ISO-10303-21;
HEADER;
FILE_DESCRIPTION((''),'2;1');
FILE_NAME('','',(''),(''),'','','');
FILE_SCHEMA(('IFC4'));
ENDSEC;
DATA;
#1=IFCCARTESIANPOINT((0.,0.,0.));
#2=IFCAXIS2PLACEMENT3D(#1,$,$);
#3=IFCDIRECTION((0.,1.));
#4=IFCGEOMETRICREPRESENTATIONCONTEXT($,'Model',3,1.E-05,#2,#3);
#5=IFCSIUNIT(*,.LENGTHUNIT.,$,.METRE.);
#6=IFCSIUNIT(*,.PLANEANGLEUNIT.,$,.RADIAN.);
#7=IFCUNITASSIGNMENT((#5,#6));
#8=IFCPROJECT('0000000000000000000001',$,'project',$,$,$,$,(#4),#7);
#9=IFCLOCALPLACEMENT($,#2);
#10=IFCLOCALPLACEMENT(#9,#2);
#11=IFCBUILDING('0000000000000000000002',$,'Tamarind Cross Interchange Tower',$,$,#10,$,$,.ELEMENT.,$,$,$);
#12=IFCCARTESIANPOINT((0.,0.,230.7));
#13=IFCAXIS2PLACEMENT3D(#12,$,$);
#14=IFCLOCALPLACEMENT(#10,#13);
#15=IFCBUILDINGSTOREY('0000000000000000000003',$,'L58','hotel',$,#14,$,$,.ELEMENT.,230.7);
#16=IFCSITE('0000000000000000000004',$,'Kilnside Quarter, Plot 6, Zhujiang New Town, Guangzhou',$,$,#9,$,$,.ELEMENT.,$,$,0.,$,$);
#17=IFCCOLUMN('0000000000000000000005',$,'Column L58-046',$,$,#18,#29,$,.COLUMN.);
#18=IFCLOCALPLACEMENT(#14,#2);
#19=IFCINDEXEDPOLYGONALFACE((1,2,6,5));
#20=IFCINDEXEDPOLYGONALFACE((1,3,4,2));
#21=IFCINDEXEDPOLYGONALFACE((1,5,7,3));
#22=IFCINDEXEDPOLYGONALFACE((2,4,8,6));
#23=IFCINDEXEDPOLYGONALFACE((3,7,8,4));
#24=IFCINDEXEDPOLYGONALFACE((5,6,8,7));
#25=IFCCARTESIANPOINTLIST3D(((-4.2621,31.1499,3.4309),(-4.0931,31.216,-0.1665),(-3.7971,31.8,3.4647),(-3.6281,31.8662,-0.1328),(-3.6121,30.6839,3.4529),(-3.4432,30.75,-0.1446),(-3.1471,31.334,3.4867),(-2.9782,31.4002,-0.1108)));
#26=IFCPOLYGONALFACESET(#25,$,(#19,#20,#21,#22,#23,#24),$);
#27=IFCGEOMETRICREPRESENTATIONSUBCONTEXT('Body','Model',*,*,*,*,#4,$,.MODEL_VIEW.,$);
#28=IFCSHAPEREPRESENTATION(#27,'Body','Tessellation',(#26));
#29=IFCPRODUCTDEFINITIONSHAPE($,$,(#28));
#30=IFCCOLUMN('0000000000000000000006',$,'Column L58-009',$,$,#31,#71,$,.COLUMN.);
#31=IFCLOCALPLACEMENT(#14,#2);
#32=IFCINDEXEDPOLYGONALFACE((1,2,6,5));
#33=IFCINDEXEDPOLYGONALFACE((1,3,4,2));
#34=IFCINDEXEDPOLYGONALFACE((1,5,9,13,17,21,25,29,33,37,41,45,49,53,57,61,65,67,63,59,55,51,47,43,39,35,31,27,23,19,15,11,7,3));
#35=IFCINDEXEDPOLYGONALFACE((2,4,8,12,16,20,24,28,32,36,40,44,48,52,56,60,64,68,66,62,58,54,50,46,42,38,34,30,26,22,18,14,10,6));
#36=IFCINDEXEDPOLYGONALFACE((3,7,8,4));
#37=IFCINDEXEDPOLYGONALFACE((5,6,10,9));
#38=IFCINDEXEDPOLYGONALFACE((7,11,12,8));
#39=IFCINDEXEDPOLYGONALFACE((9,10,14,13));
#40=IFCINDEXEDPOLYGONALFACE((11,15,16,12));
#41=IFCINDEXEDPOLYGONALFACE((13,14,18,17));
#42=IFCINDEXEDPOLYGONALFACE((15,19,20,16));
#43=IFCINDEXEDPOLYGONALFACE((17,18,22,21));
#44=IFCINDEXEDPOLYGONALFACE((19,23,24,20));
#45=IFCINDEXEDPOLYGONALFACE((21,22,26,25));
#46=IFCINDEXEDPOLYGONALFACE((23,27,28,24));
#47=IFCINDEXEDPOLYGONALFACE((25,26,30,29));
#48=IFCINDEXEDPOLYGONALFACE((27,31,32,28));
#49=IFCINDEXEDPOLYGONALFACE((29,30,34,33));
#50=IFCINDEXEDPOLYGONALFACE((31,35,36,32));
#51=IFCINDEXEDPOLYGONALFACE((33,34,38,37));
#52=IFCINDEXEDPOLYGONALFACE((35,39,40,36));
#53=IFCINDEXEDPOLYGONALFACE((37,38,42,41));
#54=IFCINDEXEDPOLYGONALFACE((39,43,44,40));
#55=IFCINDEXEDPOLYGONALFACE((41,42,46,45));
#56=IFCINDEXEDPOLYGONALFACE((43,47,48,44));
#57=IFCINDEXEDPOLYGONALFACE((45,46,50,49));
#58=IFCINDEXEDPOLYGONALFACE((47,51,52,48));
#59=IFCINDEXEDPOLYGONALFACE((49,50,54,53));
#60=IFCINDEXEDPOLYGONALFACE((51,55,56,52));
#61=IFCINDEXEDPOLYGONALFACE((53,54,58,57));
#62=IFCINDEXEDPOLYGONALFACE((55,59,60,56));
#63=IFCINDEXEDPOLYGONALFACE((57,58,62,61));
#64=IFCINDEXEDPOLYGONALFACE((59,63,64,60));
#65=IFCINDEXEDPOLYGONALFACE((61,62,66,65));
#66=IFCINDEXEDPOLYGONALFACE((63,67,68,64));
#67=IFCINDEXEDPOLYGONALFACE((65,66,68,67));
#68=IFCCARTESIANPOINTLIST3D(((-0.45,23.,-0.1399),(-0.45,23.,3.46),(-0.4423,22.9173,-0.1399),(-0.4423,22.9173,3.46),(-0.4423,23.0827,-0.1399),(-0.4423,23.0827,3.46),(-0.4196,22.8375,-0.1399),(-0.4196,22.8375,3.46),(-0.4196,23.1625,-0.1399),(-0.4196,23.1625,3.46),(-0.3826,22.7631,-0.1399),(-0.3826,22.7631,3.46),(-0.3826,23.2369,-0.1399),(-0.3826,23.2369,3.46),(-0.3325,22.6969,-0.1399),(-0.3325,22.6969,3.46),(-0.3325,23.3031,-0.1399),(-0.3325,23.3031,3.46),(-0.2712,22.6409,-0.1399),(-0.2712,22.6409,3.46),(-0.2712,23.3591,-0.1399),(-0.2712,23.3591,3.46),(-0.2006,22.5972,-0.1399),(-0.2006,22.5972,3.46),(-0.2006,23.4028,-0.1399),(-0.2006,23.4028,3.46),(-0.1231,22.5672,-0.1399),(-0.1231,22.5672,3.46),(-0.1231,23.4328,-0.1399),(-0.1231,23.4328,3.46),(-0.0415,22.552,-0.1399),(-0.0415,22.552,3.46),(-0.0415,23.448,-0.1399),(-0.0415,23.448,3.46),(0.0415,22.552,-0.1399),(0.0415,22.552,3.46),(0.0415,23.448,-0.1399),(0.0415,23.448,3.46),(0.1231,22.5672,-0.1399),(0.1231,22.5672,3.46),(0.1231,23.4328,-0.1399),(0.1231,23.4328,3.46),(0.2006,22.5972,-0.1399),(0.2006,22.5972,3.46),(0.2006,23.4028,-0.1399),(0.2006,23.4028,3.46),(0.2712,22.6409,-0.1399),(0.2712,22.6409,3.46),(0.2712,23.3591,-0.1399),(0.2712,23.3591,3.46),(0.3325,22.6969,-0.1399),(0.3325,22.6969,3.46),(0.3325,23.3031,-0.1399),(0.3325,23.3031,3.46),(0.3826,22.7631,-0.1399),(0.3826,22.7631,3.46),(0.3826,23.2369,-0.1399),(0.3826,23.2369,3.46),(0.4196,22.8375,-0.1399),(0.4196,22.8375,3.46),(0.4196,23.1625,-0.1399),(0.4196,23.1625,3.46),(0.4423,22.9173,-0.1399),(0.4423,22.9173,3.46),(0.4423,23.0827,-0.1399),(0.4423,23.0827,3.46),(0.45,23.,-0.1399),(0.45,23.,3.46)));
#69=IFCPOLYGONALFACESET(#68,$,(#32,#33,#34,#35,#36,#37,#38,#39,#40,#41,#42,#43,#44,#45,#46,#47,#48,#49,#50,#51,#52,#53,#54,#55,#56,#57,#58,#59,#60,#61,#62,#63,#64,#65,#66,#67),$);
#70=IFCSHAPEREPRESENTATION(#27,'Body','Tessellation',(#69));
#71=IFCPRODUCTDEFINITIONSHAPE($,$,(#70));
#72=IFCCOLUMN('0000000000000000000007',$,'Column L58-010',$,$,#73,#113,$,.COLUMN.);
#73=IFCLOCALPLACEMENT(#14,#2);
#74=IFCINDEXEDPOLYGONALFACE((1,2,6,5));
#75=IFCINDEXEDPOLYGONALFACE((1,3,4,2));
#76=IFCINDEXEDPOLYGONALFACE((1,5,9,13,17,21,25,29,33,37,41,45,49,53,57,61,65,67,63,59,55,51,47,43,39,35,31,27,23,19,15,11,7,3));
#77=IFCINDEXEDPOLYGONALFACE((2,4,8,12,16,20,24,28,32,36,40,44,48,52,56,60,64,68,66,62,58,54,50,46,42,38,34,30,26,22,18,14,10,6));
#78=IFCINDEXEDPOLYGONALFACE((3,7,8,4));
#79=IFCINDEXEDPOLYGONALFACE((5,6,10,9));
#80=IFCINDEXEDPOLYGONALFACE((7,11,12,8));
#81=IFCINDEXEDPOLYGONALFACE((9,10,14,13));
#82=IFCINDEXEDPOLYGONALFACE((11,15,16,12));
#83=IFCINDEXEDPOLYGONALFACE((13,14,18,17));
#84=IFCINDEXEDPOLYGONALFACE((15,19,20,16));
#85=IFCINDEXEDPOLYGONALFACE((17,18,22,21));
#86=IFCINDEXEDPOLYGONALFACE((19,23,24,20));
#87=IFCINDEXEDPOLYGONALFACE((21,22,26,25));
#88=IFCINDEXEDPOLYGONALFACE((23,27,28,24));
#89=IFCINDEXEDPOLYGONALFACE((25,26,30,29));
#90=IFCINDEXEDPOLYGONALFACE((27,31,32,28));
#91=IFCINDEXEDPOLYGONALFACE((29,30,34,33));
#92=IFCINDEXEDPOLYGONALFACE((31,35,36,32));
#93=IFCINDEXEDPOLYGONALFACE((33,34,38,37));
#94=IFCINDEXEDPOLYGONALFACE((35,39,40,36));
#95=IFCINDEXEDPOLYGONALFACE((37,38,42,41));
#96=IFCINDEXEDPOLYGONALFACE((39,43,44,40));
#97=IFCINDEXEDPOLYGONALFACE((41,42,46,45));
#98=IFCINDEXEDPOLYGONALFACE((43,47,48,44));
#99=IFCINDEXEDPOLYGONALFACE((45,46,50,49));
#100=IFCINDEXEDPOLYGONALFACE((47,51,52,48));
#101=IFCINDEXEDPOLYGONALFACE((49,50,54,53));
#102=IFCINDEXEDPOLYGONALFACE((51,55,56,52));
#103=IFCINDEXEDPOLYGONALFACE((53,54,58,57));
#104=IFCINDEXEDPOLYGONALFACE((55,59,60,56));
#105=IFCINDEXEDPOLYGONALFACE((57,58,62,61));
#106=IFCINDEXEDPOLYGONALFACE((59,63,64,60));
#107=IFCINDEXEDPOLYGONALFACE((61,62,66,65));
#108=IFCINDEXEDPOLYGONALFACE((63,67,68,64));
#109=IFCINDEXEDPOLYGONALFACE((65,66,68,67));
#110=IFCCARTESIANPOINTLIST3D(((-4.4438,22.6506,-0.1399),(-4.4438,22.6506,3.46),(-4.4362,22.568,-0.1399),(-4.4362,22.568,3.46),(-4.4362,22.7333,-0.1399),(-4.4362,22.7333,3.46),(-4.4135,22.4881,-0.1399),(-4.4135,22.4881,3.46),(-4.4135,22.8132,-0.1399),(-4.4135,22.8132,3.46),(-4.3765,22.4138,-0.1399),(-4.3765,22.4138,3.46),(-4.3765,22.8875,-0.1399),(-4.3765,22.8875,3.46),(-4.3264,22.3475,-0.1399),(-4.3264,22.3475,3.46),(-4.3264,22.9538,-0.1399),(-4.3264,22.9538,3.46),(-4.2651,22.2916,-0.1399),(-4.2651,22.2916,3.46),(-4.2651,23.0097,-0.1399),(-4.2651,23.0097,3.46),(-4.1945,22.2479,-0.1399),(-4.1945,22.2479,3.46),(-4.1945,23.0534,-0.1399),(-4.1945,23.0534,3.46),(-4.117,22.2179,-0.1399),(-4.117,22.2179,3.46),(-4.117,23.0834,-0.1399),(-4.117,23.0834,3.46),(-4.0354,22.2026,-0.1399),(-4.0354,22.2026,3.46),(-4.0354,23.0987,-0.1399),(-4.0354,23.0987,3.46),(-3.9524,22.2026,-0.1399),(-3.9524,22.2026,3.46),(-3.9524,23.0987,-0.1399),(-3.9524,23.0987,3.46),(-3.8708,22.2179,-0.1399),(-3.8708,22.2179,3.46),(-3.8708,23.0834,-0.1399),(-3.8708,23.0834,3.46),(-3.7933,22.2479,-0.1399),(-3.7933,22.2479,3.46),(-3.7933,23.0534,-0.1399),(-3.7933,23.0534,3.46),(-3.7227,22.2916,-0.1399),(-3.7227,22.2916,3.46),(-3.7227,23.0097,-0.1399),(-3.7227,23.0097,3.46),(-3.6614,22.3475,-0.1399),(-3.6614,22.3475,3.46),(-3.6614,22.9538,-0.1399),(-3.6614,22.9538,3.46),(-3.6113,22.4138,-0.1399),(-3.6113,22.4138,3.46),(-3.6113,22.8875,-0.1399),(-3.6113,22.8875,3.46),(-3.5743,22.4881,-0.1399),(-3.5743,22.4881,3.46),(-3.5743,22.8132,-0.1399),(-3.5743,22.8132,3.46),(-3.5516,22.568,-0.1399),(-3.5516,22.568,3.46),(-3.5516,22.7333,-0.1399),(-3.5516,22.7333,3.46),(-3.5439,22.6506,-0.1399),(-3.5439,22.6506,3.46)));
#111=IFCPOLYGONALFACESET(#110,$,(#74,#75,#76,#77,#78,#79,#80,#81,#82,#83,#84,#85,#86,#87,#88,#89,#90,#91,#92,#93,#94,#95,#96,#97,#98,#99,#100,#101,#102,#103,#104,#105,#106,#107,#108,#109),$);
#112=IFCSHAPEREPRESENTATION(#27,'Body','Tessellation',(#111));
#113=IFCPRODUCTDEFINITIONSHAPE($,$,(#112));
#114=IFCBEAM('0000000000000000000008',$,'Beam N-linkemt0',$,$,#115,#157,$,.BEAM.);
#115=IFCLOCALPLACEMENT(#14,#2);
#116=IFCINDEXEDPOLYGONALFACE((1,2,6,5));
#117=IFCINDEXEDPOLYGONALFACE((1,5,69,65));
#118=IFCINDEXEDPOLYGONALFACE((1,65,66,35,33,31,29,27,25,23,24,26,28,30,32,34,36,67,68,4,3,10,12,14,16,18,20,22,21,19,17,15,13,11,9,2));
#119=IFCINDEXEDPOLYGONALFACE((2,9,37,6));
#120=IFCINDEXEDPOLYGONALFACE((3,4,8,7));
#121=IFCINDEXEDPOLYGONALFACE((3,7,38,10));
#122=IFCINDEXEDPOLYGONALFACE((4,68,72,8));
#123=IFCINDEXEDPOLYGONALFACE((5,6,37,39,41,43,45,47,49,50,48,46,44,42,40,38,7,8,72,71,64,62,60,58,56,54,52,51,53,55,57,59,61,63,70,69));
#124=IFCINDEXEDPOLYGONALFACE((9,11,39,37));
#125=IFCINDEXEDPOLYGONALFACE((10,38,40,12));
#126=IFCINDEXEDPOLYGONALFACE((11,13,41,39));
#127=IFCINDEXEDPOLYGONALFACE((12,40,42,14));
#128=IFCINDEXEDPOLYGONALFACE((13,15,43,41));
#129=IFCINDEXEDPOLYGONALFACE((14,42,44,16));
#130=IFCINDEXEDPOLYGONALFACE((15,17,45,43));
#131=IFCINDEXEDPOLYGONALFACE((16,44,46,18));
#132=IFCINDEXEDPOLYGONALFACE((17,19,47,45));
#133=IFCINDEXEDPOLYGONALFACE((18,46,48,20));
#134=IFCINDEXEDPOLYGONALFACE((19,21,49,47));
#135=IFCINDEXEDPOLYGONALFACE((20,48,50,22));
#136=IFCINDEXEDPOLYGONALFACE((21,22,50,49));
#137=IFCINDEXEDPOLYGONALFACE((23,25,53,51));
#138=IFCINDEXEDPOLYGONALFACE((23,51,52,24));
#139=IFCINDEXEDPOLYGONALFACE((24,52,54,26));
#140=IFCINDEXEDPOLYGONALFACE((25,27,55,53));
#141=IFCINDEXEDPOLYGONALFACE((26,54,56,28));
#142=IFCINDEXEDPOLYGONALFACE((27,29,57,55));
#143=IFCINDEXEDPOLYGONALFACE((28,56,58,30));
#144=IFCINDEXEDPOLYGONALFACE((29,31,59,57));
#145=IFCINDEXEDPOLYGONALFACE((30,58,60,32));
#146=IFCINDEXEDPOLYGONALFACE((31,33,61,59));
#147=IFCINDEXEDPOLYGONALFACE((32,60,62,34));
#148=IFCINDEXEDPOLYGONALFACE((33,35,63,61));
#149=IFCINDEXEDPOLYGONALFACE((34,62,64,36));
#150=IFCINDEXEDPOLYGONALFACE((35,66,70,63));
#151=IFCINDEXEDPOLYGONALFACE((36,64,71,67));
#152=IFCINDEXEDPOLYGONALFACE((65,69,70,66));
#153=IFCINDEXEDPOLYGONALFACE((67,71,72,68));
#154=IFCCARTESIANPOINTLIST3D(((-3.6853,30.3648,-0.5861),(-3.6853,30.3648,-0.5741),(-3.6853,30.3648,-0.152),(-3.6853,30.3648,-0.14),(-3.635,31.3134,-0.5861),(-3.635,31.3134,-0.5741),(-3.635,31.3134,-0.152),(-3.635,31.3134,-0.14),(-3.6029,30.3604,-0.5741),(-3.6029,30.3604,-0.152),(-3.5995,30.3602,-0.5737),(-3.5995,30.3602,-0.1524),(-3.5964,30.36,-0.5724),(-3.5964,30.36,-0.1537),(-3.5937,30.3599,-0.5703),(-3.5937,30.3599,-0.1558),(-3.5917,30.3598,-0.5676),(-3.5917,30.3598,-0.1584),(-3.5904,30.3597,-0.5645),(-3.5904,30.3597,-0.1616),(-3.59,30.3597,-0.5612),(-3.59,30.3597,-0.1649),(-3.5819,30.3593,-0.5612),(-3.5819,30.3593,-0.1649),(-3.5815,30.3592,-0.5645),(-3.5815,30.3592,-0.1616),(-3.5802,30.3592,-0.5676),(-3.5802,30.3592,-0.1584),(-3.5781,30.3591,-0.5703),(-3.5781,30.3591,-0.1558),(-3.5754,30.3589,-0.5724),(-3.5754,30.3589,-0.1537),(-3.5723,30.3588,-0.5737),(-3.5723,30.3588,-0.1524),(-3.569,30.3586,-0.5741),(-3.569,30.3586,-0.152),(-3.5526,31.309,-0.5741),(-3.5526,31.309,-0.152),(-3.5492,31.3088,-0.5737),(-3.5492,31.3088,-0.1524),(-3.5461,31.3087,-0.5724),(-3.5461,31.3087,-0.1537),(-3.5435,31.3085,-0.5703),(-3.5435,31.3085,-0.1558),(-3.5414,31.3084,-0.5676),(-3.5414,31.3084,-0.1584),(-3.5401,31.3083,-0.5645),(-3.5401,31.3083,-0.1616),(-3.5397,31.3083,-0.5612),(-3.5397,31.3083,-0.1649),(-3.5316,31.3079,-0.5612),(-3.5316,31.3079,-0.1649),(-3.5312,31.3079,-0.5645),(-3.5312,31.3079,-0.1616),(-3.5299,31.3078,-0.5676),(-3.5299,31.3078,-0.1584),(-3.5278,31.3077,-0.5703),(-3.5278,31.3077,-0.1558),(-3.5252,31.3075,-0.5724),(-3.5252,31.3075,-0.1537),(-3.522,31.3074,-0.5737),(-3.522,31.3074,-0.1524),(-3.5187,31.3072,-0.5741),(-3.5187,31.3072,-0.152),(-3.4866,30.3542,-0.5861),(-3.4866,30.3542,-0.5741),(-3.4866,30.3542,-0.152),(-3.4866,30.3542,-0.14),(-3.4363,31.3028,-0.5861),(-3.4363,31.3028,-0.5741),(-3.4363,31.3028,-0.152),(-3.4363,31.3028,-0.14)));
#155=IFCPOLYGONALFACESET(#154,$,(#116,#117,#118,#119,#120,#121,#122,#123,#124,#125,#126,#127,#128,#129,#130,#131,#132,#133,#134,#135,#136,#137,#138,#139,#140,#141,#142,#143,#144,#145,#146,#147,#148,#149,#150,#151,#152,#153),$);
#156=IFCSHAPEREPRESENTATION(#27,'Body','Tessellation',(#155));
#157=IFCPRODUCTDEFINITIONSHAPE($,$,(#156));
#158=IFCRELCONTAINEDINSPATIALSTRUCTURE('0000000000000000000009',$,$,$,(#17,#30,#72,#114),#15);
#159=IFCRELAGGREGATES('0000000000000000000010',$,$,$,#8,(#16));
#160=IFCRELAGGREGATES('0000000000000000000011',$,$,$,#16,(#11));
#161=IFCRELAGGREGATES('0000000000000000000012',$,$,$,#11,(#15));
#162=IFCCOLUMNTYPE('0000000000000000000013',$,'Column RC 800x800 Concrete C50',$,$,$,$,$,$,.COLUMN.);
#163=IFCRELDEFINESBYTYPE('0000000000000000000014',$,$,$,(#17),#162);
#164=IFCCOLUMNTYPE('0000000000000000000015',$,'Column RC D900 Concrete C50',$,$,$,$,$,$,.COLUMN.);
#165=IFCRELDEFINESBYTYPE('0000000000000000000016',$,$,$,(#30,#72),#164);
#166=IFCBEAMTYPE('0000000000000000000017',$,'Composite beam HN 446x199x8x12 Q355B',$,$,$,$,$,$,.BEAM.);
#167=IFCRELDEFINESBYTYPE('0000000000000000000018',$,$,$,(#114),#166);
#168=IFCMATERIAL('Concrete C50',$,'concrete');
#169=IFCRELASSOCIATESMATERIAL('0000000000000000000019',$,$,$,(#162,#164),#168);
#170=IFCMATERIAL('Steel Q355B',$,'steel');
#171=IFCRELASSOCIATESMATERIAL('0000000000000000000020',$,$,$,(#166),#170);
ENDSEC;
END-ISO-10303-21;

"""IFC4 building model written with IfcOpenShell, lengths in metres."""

from ifc_helpers import new_model, si_unit, direction, frame, origin, origin_2d, place, context, subcontext, project, spatial, rectangle, circle, i_section, extrude, material, material_profile, profile_set, type_object, element, save


model = new_model("IFC4")

# Units and contexts
model_context = context("Model", 3, precision=1e-05, world=origin(), true_north=direction((0.0, 1.0)))
body_context = subcontext(model_context, "Body", "Model", "MODEL_VIEW")
ifc_project = project(units=[si_unit("LENGTHUNIT", "METRE"), si_unit("PLANEANGLEUNIT", "RADIAN")], contexts=[model_context])

# Site, building, storey
site_placement = place(None, origin())
site = spatial("IfcSite", under=ifc_project, at=site_placement, Name="Kilnside Quarter, Plot 6, Zhujiang New Town, Guangzhou", CompositionType="ELEMENT", RefElevation=0.0)
building_placement = place(site_placement, origin())
building = spatial("IfcBuilding", under=site, at=building_placement, Name="Tamarind Cross Interchange Tower", CompositionType="ELEMENT")
storey_placement = place(building_placement, frame((0.0, 0.0, 230.7)))
storey = spatial("IfcBuildingStorey", under=building, at=storey_placement, Name="L58", Description="hotel", CompositionType="ELEMENT", Elevation=230.7)

# Columns
ifc_material_1 = material(Name="Concrete C50", Category="concrete")
ifc_material_profile_1 = material_profile(ifc_material_1, rectangle(XDim=0.8, YDim=0.8, at=origin_2d()), Name="RC 800x800")
ifc_profile_set_1 = profile_set([ifc_material_profile_1], Name="Concrete C50")
column_type_1 = type_object("IfcColumnType", Name="Column RC 800x800 Concrete C50", PredefinedType="COLUMN", material=ifc_profile_set_1)
column_placement = place(storey_placement, frame((-3.5356, 31.3081, -0.1387), z_axis=(-0.046903, -0.018368, 0.998731), x_axis=(0.812399, -0.582456, 0.02744)))
element("IfcColumn", 1, at=column_placement, inside=storey, type_object=column_type_1, Name="Column L58-046", PredefinedType="COLUMN", context=body_context, shape_type="SweptSolid", body=[
    extrude(rectangle(XDim=0.8, YDim=0.8, at=origin_2d()), origin(), (0.0, 0.0, 1.0), 3.6021),
])
ifc_material_profile_2 = material_profile(ifc_material_1, circle(Radius=0.45, at=origin_2d()), Name="RC D900")
ifc_profile_set_2 = profile_set([ifc_material_profile_2], Name="Concrete C50")
column_type_2 = type_object("IfcColumnType", Name="Column RC D900 Concrete C50", PredefinedType="COLUMN", material=ifc_profile_set_2)
for number, where, z_axis, x_axis, name in (
    (2, (0.0, 23.0, -0.1399), (0.0, 0.0, 1.0), (1.0, 0.0, 0.0), "Column L58-009"),
    (3, (-3.9939, 22.6506, -0.1399), (0.0, 0.0, 1.0), (1.0, 0.0, 0.0), "Column L58-010"),
):
    element("IfcColumn", number, at=place(storey_placement, frame(where, z_axis=z_axis, x_axis=x_axis)), inside=storey, type_object=column_type_2, Name=name, PredefinedType="COLUMN", context=body_context, shape_type="SweptSolid", body=[
        extrude(circle(Radius=0.45, at=origin_2d()), origin(), (0.0, 0.0, 1.0), 3.5999),
    ])

# Beam
ifc_material_2 = material(Name="Steel Q355B", Category="steel")
ifc_material_profile_3 = material_profile(ifc_material_2, i_section(OverallWidth=0.199, OverallDepth=0.446, WebThickness=0.0081, FlangeThickness=0.012, FilletRadius=0.0129, at=origin_2d()), Name="HN 446x199x8x12")
ifc_profile_set_3 = profile_set([ifc_material_profile_3], Name="Steel Q355B")
beam_type_1 = type_object("IfcBeamType", Name="Composite beam HN 446x199x8x12 Q355B", PredefinedType="BEAM", material=ifc_profile_set_3)
beam_1_placement = place(storey_placement, frame((-3.5356, 31.3081, -0.363), z_axis=(-0.052936, -0.998598, 0.0), x_axis=(0.998598, -0.052936, 0.0)))
element("IfcBeam", 4, at=beam_1_placement, inside=storey, type_object=beam_type_1, Name="Beam N-linkemt0", PredefinedType="BEAM", context=body_context, shape_type="SweptSolid", body=[
    extrude(i_section(OverallWidth=0.199, OverallDepth=0.446, WebThickness=0.0081, FlangeThickness=0.012, FilletRadius=0.0129, at=origin_2d()), origin(), (0.0, 0.0, 1.0), 0.95),
])

save(model, "model.ifc")
